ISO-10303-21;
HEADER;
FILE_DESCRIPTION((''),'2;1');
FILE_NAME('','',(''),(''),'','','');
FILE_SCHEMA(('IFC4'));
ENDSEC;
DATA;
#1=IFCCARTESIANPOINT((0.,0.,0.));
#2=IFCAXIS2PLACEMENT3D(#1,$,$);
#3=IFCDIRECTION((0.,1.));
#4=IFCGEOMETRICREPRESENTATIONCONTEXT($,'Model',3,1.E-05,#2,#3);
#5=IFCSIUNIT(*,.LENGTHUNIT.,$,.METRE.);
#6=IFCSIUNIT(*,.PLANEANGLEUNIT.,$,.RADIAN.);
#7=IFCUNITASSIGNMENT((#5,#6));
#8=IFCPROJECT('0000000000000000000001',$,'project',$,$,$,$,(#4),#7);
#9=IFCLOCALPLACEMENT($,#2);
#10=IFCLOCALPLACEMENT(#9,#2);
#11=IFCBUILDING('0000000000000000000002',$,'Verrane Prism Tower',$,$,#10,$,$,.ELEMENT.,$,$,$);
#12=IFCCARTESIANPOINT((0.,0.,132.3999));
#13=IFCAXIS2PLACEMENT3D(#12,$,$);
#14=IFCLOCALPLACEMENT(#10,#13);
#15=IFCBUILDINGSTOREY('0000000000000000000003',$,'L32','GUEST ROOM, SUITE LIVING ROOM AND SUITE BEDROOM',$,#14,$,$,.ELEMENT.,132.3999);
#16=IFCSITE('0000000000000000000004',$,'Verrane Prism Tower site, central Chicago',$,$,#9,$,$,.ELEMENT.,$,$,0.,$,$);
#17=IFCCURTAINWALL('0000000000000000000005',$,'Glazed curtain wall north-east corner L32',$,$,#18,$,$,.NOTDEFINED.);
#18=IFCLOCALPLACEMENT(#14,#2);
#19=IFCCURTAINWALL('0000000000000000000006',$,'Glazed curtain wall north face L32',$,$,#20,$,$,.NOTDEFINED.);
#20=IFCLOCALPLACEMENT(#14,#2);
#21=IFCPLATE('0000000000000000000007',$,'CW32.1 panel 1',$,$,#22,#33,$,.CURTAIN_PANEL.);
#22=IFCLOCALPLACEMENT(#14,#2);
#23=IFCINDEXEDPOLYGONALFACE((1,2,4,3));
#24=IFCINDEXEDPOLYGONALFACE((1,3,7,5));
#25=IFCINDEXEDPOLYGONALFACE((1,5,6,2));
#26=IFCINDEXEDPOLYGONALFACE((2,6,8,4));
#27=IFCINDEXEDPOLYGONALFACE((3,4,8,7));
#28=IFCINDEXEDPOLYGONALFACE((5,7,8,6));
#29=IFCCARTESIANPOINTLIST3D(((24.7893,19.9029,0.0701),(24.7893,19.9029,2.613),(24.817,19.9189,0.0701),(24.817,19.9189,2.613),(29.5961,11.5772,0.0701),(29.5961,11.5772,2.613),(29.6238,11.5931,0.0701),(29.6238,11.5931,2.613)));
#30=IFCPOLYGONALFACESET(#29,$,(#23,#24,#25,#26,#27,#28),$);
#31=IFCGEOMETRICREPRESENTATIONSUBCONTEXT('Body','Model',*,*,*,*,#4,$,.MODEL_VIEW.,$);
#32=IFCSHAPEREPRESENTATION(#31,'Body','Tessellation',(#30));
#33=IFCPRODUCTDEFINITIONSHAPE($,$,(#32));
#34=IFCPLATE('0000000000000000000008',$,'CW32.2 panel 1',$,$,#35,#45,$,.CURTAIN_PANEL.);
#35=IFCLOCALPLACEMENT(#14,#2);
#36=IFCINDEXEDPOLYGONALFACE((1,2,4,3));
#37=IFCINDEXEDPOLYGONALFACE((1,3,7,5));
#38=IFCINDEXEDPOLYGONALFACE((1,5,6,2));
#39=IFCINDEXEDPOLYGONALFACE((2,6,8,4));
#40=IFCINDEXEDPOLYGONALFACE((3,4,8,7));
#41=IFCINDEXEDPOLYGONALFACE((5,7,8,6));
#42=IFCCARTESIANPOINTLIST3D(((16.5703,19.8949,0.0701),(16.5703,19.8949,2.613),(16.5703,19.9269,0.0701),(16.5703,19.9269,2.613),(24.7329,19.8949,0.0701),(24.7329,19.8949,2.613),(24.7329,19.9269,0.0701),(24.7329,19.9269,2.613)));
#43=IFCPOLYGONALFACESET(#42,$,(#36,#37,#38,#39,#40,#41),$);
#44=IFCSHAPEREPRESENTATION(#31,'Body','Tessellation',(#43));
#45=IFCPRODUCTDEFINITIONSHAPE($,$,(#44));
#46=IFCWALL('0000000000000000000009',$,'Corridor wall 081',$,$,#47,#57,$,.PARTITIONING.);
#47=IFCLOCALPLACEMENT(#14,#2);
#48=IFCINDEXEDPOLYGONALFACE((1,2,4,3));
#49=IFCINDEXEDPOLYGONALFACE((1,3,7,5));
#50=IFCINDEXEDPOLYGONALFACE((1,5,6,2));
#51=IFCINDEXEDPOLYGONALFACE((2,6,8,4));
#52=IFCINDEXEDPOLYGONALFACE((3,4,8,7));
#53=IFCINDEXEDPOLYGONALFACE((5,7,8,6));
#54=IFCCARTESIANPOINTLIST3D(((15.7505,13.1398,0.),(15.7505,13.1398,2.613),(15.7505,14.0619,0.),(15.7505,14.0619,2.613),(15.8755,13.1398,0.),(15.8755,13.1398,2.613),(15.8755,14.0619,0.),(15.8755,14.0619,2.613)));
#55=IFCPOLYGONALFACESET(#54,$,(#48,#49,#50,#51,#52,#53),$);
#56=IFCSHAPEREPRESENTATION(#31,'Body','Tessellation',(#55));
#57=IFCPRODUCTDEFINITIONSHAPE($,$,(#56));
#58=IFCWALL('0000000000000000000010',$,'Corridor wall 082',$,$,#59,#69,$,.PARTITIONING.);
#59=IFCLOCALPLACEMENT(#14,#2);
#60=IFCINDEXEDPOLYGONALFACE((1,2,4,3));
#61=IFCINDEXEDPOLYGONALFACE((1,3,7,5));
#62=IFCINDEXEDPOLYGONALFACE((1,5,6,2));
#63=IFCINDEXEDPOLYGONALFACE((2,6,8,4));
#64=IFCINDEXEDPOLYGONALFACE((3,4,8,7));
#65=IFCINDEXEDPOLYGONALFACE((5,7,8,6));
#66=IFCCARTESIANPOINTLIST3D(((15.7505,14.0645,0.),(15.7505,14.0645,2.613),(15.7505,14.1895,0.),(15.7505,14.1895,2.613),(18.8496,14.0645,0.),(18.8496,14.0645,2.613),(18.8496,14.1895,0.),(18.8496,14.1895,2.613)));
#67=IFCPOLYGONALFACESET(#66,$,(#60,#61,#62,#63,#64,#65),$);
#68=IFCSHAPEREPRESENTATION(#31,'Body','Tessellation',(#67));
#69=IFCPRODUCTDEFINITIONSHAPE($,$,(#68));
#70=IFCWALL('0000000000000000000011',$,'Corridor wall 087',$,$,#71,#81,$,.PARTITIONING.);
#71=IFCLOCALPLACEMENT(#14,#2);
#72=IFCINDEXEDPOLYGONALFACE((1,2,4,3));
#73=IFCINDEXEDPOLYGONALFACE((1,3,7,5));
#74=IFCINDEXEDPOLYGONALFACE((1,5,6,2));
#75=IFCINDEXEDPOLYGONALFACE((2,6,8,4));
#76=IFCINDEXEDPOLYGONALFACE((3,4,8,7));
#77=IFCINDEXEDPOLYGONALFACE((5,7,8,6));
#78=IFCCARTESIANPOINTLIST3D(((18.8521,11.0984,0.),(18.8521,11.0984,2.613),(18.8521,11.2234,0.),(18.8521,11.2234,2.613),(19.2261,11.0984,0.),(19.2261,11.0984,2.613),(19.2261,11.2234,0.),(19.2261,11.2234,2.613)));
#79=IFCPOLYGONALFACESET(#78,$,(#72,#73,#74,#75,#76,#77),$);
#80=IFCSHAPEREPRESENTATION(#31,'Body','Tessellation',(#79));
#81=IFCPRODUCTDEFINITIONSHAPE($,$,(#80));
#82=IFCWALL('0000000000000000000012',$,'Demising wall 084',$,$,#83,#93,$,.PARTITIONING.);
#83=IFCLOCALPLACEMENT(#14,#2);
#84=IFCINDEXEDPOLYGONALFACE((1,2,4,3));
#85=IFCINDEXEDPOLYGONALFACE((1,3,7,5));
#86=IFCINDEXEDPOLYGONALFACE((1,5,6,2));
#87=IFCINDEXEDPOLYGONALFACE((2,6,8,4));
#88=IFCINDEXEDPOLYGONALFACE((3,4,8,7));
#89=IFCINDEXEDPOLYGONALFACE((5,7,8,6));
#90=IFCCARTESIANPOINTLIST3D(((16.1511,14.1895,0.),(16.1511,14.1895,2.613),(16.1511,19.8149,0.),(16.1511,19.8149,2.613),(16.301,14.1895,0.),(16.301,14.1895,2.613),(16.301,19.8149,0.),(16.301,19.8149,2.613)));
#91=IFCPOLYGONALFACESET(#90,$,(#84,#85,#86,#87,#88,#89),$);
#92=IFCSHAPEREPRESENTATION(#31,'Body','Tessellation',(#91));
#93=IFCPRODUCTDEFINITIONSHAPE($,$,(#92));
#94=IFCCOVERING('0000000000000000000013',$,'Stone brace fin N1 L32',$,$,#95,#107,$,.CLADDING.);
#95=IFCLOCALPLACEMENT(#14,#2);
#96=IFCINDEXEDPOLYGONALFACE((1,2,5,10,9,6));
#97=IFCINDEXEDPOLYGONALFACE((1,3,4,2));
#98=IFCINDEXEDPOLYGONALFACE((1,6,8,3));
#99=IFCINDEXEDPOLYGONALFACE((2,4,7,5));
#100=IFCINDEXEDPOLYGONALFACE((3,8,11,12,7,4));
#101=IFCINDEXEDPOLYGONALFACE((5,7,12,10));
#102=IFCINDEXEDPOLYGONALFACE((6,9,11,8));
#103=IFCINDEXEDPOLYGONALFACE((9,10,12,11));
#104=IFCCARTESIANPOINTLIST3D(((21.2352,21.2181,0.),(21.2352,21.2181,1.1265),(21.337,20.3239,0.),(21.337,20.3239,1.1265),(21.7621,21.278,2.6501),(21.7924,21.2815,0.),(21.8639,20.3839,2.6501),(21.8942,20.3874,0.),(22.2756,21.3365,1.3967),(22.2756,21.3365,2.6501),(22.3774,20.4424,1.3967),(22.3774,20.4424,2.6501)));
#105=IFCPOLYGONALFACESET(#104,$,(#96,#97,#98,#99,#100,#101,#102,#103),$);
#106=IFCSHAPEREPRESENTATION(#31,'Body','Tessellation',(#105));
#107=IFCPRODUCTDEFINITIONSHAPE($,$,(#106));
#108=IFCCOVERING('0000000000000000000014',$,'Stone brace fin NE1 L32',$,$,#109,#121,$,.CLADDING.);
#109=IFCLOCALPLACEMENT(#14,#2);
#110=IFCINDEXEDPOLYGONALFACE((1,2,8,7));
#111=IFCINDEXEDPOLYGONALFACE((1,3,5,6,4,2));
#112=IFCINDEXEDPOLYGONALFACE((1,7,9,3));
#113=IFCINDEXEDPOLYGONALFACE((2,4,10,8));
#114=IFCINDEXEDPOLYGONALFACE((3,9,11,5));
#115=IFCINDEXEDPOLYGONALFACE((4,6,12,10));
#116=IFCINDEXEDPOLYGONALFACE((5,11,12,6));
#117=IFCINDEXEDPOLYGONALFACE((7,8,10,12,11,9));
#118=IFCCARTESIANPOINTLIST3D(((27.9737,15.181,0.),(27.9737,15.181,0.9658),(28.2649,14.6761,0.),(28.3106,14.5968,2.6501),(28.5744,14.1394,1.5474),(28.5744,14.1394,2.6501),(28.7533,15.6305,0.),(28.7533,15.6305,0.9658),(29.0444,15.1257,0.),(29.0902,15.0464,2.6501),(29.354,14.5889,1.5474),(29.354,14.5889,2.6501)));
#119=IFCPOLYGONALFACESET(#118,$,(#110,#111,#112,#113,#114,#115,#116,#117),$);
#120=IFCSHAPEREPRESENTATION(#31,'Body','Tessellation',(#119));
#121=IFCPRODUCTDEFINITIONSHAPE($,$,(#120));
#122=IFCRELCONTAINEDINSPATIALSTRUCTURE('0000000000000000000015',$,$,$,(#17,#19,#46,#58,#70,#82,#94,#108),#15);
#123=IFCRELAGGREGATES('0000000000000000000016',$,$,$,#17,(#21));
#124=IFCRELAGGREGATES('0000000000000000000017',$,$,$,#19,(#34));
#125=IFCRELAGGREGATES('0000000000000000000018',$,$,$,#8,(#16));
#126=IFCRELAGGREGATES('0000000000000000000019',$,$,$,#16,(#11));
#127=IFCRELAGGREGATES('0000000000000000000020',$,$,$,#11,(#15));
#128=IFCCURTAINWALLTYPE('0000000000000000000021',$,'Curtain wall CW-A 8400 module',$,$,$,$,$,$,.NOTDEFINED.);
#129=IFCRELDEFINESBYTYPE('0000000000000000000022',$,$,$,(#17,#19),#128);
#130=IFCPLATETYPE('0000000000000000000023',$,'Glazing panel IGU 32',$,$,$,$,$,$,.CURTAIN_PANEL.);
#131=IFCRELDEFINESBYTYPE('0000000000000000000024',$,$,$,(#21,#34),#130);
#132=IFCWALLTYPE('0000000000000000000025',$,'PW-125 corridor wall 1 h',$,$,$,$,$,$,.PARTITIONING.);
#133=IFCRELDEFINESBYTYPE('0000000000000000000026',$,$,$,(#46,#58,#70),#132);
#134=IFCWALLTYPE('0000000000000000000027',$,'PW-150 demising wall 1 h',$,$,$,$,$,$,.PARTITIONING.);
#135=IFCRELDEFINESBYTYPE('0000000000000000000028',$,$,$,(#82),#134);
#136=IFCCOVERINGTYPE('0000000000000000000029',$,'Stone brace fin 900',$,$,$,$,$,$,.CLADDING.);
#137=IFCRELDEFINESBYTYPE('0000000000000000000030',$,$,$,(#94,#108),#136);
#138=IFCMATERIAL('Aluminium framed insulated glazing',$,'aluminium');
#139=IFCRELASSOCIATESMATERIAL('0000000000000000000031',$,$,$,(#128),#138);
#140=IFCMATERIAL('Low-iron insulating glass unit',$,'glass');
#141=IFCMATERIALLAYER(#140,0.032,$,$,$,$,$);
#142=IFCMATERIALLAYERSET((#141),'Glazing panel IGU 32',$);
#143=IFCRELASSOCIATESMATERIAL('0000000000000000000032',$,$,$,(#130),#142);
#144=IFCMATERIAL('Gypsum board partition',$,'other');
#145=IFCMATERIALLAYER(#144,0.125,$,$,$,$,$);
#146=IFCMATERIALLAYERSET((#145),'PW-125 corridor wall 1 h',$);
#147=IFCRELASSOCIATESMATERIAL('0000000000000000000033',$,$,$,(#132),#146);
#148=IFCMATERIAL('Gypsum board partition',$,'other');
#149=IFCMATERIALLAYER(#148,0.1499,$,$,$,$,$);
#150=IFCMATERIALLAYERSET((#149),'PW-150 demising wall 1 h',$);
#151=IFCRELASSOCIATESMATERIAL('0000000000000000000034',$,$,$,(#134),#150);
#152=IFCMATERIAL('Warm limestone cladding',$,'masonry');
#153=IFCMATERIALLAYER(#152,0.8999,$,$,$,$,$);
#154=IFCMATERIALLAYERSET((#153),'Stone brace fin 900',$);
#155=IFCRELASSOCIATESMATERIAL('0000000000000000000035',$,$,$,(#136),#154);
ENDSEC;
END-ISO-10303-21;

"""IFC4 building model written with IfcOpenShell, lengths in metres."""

from ifc_helpers import new_model, si_unit, direction, frame, frame_2d, origin, origin_2d, place, context, subcontext, project, spatial, polyline, rectangle, outline, extrude, material, layer, layer_set, type_object, element, aggregate, save


model = new_model("IFC4")

# Units and contexts
model_context = context("Model", 3, precision=1e-05, world=origin(), true_north=direction((0.0, 1.0)))
body_context = subcontext(model_context, "Body", "Model", "MODEL_VIEW")
ifc_project = project(units=[si_unit("LENGTHUNIT", "METRE"), si_unit("PLANEANGLEUNIT", "RADIAN")], contexts=[model_context])

# Site, building, storey
site_placement = place(None, origin())
site = spatial("IfcSite", under=ifc_project, at=site_placement, Name="Verrane Prism Tower site, central Chicago", CompositionType="ELEMENT", RefElevation=0.0)
building_placement = place(site_placement, origin())
building = spatial("IfcBuilding", under=site, at=building_placement, Name="Verrane Prism Tower", CompositionType="ELEMENT")
storey_placement = place(building_placement, frame((0.0, 0.0, 132.3999)))
storey = spatial("IfcBuildingStorey", under=building, at=storey_placement, Name="L32", Description="GUEST ROOM, SUITE LIVING ROOM AND SUITE BEDROOM", CompositionType="ELEMENT", Elevation=132.3999)

# Curtain wall
ifc_material_1 = material(Name="Aluminium framed insulated glazing", Category="aluminium")
curtain_wall_type = type_object("IfcCurtainWallType", Name="Curtain wall CW-A 8400 module", PredefinedType="NOTDEFINED", material=ifc_material_1)
curtain_wall_1_placement = place(storey_placement, origin())
curtain_wall_1 = element("IfcCurtainWall", 1, at=curtain_wall_1_placement, inside=storey, type_object=curtain_wall_type, Name="Glazed curtain wall north-east corner L32", PredefinedType="NOTDEFINED")

# Curtain wall
curtain_wall_2_placement = place(storey_placement, origin())
curtain_wall_2 = element("IfcCurtainWall", 2, at=curtain_wall_2_placement, inside=storey, type_object=curtain_wall_type, Name="Glazed curtain wall north face L32", PredefinedType="NOTDEFINED")

# Plates
ifc_material_2 = material(Name="Low-iron insulating glass unit", Category="glass")
ifc_layer_1 = layer(ifc_material_2, 0.032)
ifc_layer_set_1 = layer_set([ifc_layer_1], Name="Glazing panel IGU 32")
plate_type = type_object("IfcPlateType", Name="Glazing panel IGU 32", PredefinedType="CURTAIN_PANEL", material=ifc_layer_set_1)
plate_1_placement = place(storey_placement, frame((27.2065, 15.748, 0.0701), z_axis=(0.0, 0.0, 1.0), x_axis=(-0.499996, 0.866028, 0.0)))
plate_1 = element("IfcPlate", 3, at=plate_1_placement, type_object=plate_type, Name="CW32.1 panel 1", PredefinedType="CURTAIN_PANEL", context=body_context, shape_type="SweptSolid", body=[
    extrude(rectangle(XDim=9.6138, YDim=0.032, at=origin_2d()), origin(), (0.0, 0.0, 1.0), 2.543),
])
aggregate(curtain_wall_1, [plate_1])
plate_2_placement = place(storey_placement, frame((20.6516, 19.9109, 0.0701), z_axis=(0.0, 0.0, 1.0), x_axis=(-1.0, 0.0, 0.0)))
plate_2 = element("IfcPlate", 4, at=plate_2_placement, type_object=plate_type, Name="CW32.2 panel 1", PredefinedType="CURTAIN_PANEL", context=body_context, shape_type="SweptSolid", body=[
    extrude(rectangle(XDim=8.1626, YDim=0.032, at=origin_2d()), origin(), (0.0, 0.0, 1.0), 2.543),
])
aggregate(curtain_wall_2, [plate_2])

# Walls
ifc_material_3 = material(Name="Gypsum board partition", Category="other")
ifc_layer_2 = layer(ifc_material_3, 0.125)
ifc_layer_set_2 = layer_set([ifc_layer_2], Name="PW-125 corridor wall 1 h")
wall_type_1 = type_object("IfcWallType", Name="PW-125 corridor wall 1 h", PredefinedType="PARTITIONING", material=ifc_layer_set_2)
wall_1_placement = place(storey_placement, frame((15.813, 13.1399, 0.0), z_axis=(0.0, 0.0, 1.0), x_axis=(0.0, 1.0, 0.0)))
element("IfcWall", 5, at=wall_1_placement, inside=storey, type_object=wall_type_1, Name="Corridor wall 081", PredefinedType="PARTITIONING", context=body_context, shape_type="SweptSolid", body=[
    extrude(rectangle(XDim=0.9221, YDim=0.125, at=frame_2d((0.4609, 0.0))), origin(), (0.0, 0.0, 1.0), 2.613),
])
wall_2_placement = place(storey_placement, frame((15.7505, 14.127, 0.0), z_axis=(0.0, 0.0, 1.0), x_axis=(1.0, 0.0, 0.0)))
element("IfcWall", 6, at=wall_2_placement, inside=storey, type_object=wall_type_1, Name="Corridor wall 082", PredefinedType="PARTITIONING", context=body_context, shape_type="SweptSolid", body=[
    extrude(rectangle(XDim=3.0991, YDim=0.125, at=frame_2d((1.5496, 0.0))), origin(), (0.0, 0.0, 1.0), 2.613),
])
wall_3_placement = place(storey_placement, frame((18.8521, 11.1609, 0.0), z_axis=(0.0, 0.0, 1.0), x_axis=(1.0, 0.0, 0.0)))
element("IfcWall", 7, at=wall_3_placement, inside=storey, type_object=wall_type_1, Name="Corridor wall 087", PredefinedType="PARTITIONING", context=body_context, shape_type="SweptSolid", body=[
    extrude(rectangle(XDim=0.374, YDim=0.125, at=frame_2d((0.187, 0.0))), origin(), (0.0, 0.0, 1.0), 2.613),
])
ifc_material_4 = material(Name="Gypsum board partition", Category="other")
ifc_layer_3 = layer(ifc_material_4, 0.1499)
ifc_layer_set_3 = layer_set([ifc_layer_3], Name="PW-150 demising wall 1 h")
wall_type_2 = type_object("IfcWallType", Name="PW-150 demising wall 1 h", PredefinedType="PARTITIONING", material=ifc_layer_set_3)
wall_4_placement = place(storey_placement, frame((16.2261, 14.1895, 0.0), z_axis=(0.0, 0.0, 1.0), x_axis=(0.0, 1.0, 0.0)))
element("IfcWall", 8, at=wall_4_placement, inside=storey, type_object=wall_type_2, Name="Demising wall 084", PredefinedType="PARTITIONING", context=body_context, shape_type="SweptSolid", body=[
    extrude(rectangle(XDim=5.6255, YDim=0.1499, at=frame_2d((2.8127, 0.0))), origin(), (0.0, 0.0, 1.0), 2.613),
])

# Coverings
ifc_material_5 = material(Name="Warm limestone cladding", Category="masonry")
ifc_layer_4 = layer(ifc_material_5, 0.8999)
ifc_layer_set_4 = layer_set([ifc_layer_4], Name="Stone brace fin 900")
covering_type = type_object("IfcCoveringType", Name="Stone brace fin 900", PredefinedType="CLADDING", material=ifc_layer_set_4)
covering_1_placement = place(storey_placement, frame((21.2861, 20.771, 0.0), z_axis=(0.0, 0.0, 1.0), x_axis=(0.993584, 0.113093, 0.0)))
element("IfcCovering", 9, at=covering_1_placement, inside=storey, type_object=covering_type, Name="Stone brace fin N1 L32", PredefinedType="CLADDING", context=body_context, shape_type="SweptSolid", body=[
    extrude(outline(polyline([(1.0471, 2.6501), (0.5303, 2.6501), (0.0, 1.1265), (0.0, 0.0), (0.5608, 0.0), (1.0471, 1.3967), (1.0471, 2.6501)])), frame((0.0, 0.45, 0.0), z_axis=(0.0, -1.0, 0.0), x_axis=(1.0, 0.0, 0.0)), (0.0, 0.0, 1.0), 0.8999),
])
covering_2_placement = place(storey_placement, frame((28.3635, 15.4058, 0.0), z_axis=(0.0, 0.0, 1.0), x_axis=(0.499547, -0.866287, 0.0)))
element("IfcCovering", 10, at=covering_2_placement, inside=storey, type_object=covering_type, Name="Stone brace fin NE1 L32", PredefinedType="CLADDING", context=body_context, shape_type="SweptSolid", body=[
    extrude(outline(polyline([(1.2024, 2.6501), (0.6743, 2.6501), (0.0, 0.9658), (0.0, 0.0), (0.5828, 0.0), (1.2024, 1.5474), (1.2024, 2.6501)])), frame((0.0, 0.45, 0.0), z_axis=(0.0, -1.0, 0.0), x_axis=(1.0, 0.0, 0.0)), (0.0, 0.0, 1.0), 0.8999),
])

save(model, "model.ifc")
